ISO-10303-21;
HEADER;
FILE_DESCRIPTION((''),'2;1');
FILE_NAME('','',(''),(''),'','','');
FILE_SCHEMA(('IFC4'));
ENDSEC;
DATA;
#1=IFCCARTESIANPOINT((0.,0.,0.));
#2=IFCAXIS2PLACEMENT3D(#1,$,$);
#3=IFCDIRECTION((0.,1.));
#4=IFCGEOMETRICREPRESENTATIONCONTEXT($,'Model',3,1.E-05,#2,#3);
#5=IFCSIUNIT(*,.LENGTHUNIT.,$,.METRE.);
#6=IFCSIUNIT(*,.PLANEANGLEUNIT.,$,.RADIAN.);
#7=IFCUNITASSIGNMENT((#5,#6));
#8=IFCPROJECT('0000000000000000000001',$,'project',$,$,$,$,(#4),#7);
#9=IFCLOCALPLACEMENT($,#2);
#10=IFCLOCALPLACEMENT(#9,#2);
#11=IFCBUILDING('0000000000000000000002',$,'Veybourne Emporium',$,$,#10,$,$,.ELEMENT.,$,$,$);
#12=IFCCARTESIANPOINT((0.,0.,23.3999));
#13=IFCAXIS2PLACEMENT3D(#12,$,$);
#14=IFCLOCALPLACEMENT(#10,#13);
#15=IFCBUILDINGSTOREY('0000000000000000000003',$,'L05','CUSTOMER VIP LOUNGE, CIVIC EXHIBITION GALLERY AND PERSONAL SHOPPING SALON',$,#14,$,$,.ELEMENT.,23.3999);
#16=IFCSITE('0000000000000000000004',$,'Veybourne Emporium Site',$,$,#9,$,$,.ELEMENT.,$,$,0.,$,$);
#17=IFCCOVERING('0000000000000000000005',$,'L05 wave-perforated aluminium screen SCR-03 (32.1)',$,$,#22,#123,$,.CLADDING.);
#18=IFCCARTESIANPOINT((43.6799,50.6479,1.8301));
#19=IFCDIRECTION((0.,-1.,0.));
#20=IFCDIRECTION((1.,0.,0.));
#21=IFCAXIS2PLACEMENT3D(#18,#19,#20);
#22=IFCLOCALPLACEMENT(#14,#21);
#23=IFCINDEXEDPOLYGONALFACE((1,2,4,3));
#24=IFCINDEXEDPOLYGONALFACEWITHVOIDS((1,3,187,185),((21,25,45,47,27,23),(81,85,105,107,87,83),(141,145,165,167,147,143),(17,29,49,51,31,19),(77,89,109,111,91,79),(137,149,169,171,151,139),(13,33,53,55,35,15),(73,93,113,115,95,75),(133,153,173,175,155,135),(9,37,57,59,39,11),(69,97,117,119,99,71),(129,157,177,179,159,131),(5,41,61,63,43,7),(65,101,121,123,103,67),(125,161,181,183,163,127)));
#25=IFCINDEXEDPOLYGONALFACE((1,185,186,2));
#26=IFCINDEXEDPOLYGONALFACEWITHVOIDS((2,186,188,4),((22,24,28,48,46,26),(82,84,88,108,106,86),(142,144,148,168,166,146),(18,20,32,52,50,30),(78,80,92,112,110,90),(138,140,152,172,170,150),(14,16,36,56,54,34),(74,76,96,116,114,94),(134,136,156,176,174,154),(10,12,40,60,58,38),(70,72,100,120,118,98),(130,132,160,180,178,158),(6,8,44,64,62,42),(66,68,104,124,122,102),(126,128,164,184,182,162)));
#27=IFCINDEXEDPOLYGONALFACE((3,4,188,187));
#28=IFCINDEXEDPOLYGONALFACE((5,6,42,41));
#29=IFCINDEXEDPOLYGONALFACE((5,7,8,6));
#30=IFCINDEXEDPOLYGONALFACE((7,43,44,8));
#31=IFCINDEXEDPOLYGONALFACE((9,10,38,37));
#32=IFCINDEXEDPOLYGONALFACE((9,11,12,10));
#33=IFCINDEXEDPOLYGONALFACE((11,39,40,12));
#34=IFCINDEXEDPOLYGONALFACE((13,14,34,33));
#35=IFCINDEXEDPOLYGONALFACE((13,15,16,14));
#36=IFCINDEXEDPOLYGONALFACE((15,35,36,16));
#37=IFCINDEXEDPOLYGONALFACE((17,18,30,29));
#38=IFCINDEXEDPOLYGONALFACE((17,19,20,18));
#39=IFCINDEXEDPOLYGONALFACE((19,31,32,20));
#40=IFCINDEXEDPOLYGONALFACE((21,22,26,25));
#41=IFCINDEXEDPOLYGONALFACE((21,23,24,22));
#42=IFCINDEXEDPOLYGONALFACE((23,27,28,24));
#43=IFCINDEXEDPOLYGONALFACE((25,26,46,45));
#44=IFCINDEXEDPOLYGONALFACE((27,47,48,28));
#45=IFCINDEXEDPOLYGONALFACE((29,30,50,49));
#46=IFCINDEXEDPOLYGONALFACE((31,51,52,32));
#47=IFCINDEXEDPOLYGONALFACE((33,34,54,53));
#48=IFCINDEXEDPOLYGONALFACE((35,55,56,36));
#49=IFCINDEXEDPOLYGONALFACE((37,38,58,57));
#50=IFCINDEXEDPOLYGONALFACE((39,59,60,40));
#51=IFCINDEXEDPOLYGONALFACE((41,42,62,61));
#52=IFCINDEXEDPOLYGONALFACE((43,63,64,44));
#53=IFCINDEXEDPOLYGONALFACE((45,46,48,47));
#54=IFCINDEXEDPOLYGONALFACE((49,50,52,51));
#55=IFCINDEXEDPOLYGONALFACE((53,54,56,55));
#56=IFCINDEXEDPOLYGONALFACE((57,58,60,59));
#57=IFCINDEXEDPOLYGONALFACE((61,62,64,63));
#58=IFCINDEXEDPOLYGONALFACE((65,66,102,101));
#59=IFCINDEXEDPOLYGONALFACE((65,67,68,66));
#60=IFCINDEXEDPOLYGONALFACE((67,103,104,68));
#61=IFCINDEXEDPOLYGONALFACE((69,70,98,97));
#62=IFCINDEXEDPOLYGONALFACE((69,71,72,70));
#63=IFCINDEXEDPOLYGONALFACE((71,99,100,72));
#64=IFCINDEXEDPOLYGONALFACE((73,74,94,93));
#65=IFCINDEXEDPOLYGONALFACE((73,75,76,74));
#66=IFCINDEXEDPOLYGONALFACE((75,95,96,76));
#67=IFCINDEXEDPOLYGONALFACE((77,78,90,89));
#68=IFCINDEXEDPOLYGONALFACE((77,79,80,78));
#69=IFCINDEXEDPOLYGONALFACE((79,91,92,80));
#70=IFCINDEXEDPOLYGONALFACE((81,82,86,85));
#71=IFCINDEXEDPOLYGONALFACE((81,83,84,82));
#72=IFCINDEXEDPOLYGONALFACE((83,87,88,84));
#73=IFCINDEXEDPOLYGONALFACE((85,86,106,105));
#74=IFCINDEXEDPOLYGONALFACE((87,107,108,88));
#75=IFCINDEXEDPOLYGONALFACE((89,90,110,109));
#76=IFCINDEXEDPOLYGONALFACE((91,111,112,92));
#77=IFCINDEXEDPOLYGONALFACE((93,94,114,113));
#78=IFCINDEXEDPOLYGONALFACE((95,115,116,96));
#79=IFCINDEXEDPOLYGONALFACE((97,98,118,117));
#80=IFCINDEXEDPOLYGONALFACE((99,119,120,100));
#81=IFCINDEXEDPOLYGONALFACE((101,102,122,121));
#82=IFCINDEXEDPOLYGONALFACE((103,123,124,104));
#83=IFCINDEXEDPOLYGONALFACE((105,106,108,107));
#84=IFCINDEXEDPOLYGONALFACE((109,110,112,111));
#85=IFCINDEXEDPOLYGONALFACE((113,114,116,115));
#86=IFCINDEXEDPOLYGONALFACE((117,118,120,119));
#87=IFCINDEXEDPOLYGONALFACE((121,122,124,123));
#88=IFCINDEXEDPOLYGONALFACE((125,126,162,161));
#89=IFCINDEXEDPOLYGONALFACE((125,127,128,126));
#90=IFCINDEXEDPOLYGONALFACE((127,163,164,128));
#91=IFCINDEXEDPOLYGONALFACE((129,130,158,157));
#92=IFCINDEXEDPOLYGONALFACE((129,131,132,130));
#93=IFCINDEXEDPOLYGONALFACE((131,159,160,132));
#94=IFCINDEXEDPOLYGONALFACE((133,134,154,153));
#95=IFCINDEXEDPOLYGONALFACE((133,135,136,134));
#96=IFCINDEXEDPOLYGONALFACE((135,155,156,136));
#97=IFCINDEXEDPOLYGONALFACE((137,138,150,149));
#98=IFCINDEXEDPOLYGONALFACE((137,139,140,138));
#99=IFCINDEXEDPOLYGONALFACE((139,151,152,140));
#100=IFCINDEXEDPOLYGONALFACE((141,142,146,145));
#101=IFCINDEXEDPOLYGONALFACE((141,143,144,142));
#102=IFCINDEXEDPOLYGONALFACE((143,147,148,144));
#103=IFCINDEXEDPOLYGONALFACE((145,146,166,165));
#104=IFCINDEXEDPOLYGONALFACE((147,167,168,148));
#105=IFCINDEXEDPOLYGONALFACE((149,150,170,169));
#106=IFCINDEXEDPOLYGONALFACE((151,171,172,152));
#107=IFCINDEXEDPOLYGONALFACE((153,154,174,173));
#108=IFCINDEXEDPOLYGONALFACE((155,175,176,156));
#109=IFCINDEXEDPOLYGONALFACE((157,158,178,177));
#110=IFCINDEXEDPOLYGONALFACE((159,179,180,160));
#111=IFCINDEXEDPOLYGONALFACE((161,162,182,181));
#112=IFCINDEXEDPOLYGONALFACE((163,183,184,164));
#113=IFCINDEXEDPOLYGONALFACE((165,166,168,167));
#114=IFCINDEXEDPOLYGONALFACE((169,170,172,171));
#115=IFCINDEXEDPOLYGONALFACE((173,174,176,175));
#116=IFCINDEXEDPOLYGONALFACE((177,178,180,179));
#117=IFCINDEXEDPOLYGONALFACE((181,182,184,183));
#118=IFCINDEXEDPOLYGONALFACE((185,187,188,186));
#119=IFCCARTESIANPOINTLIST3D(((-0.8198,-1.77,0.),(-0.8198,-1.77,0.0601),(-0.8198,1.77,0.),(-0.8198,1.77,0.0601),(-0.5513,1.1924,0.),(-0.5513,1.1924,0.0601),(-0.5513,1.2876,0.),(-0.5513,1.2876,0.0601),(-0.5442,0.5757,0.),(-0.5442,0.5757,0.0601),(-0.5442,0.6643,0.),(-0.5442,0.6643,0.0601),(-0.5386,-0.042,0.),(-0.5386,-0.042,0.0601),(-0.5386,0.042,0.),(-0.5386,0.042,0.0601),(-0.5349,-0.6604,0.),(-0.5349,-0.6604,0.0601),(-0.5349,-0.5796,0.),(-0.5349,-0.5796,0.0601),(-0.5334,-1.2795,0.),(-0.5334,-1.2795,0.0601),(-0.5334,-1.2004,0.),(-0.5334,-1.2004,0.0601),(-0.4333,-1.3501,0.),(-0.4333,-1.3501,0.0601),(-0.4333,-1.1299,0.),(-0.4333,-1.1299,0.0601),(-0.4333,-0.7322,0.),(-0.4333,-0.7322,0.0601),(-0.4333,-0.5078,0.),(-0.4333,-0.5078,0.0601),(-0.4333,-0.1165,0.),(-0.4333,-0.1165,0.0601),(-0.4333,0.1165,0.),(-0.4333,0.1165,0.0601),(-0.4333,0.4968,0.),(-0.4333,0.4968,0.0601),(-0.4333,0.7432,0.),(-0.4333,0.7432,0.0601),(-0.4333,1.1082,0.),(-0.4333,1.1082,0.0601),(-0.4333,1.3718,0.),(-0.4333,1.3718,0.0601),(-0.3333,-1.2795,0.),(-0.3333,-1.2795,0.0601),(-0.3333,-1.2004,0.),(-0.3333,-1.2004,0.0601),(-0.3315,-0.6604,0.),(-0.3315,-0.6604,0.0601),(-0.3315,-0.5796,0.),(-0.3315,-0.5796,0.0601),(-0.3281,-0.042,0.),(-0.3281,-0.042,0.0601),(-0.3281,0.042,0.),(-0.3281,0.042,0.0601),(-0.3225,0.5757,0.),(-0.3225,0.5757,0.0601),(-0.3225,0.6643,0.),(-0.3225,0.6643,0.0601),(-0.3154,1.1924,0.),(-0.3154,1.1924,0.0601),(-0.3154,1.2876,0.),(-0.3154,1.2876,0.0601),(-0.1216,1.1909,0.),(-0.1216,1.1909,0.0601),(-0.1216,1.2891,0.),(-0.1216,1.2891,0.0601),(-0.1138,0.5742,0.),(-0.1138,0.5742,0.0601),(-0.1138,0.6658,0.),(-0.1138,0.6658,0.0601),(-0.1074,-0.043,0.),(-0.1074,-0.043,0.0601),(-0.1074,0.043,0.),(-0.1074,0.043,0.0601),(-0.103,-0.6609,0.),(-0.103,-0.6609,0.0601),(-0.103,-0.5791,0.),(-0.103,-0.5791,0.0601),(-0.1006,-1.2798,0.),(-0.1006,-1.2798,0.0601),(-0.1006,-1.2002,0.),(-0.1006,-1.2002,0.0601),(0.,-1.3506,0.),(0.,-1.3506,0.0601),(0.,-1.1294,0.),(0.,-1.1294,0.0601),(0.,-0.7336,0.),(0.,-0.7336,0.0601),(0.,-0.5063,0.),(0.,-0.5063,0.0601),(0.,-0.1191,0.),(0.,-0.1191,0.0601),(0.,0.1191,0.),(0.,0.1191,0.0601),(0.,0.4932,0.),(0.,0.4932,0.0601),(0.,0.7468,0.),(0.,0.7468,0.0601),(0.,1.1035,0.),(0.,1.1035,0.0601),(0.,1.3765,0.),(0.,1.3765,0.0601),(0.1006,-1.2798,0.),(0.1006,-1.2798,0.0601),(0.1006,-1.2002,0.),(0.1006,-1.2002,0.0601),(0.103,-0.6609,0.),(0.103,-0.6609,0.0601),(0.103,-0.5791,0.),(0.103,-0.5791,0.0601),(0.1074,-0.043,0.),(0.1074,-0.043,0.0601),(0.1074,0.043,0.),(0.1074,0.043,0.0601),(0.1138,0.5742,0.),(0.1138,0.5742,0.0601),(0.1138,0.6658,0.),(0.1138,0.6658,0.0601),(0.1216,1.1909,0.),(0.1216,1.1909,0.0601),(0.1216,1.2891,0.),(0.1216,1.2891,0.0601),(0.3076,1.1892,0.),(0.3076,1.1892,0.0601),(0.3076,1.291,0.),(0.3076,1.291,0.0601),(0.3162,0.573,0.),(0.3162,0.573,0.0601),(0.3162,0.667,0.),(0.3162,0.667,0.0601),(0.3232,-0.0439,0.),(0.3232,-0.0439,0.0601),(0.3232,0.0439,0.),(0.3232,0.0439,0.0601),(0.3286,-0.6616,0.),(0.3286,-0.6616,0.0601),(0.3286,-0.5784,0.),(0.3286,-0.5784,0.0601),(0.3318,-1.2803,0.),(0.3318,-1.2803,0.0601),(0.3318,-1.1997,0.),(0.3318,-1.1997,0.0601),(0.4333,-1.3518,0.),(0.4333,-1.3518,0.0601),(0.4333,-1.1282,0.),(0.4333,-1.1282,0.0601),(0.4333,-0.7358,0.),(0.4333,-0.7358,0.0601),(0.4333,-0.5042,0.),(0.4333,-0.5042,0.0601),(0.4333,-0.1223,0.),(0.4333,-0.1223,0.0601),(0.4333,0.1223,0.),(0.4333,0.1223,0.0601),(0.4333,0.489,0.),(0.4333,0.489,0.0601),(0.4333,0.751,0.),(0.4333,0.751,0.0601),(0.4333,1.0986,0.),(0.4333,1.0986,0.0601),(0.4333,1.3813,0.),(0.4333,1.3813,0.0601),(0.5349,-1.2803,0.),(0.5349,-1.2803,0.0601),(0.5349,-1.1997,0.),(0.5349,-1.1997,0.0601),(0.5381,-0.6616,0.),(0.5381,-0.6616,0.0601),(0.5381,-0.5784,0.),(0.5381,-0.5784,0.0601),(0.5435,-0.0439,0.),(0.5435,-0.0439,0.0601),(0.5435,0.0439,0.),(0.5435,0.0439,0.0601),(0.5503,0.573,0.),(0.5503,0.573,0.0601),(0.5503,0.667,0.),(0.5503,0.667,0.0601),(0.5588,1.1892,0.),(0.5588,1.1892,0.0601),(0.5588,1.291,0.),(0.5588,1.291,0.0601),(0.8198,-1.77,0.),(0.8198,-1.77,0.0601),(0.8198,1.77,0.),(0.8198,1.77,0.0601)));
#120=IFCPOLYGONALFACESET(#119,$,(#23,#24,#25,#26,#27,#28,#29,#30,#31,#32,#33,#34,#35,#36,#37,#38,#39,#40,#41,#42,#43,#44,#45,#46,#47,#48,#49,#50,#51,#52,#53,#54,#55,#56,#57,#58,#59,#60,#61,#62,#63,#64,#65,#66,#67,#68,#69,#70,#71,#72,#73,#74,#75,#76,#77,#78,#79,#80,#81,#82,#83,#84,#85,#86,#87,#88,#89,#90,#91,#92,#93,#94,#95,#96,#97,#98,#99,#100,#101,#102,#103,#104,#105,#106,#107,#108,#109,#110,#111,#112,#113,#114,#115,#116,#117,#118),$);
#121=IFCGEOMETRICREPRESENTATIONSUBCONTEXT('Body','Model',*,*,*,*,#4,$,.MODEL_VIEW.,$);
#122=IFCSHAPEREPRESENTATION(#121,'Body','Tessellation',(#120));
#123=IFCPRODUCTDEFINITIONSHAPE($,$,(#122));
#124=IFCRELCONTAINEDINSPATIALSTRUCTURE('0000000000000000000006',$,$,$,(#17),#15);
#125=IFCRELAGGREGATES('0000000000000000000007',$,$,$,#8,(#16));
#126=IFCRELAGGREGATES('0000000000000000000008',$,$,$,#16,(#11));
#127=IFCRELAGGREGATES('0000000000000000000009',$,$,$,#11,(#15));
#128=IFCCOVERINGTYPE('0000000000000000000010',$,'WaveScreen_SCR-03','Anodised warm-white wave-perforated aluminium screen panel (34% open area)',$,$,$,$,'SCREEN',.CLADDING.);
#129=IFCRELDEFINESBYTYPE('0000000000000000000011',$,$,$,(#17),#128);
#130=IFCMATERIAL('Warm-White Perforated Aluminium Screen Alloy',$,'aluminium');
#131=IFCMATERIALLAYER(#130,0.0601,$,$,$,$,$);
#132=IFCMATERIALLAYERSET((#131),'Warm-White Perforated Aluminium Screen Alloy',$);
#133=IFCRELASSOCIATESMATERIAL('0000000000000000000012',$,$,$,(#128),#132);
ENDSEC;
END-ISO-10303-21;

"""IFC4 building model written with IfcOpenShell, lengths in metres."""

from ifc_helpers import new_model, si_unit, direction, frame, origin, place, context, subcontext, project, spatial, polyline, outline, extrude, material, layer, layer_set, type_object, element, save


model = new_model("IFC4")

# Units and contexts
model_context = context("Model", 3, precision=1e-05, world=origin(), true_north=direction((0.0, 1.0)))
body_context = subcontext(model_context, "Body", "Model", "MODEL_VIEW")
ifc_project = project(units=[si_unit("LENGTHUNIT", "METRE"), si_unit("PLANEANGLEUNIT", "RADIAN")], contexts=[model_context])

# Site, building, storey
site_placement = place(None, origin())
site = spatial("IfcSite", under=ifc_project, at=site_placement, Name="Veybourne Emporium Site", CompositionType="ELEMENT", RefElevation=0.0)
building_placement = place(site_placement, origin())
building = spatial("IfcBuilding", under=site, at=building_placement, Name="Veybourne Emporium", CompositionType="ELEMENT")
storey_placement = place(building_placement, frame((0.0, 0.0, 23.3999)))
storey = spatial("IfcBuildingStorey", under=building, at=storey_placement, Name="L05", Description="CUSTOMER VIP LOUNGE, CIVIC EXHIBITION GALLERY AND PERSONAL SHOPPING SALON", CompositionType="ELEMENT", Elevation=23.3999)

# Covering
ifc_material_1 = material(Name="Warm-White Perforated Aluminium Screen Alloy", Category="aluminium")
ifc_layer_1 = layer(ifc_material_1, 0.0601)
ifc_layer_set_1 = layer_set([ifc_layer_1], Name="Warm-White Perforated Aluminium Screen Alloy")
covering_type_1 = type_object("IfcCoveringType", Name="WaveScreen_SCR-03", Description="Anodised warm-white wave-perforated aluminium screen panel (34% open area)", ElementType="SCREEN", PredefinedType="CLADDING", material=ifc_layer_set_1)
covering_1_placement = place(storey_placement, frame((43.6799, 50.6479, 1.8301), z_axis=(0.0, -1.0, 0.0), x_axis=(1.0, 0.0, 0.0)))
element("IfcCovering", 1, at=covering_1_placement, inside=storey, type_object=covering_type_1, Name="L05 wave-perforated aluminium screen SCR-03 (32.1)", PredefinedType="CLADDING", context=body_context, shape_type="SweptSolid", body=[
    extrude(outline(polyline([(-0.8198, -1.77), (0.8198, -1.77), (0.8198, 1.77), (-0.8198, 1.77), (-0.8198, -1.77)]), holes=[polyline([(-0.4333, -1.1299), (-0.3333, -1.2004), (-0.3333, -1.2795), (-0.4333, -1.3501), (-0.5334, -1.2795), (-0.5334, -1.2004), (-0.4333, -1.1299)]), polyline([(-0.4333, -0.5078), (-0.3315, -0.5796), (-0.3315, -0.6604), (-0.4333, -0.7322), (-0.5349, -0.6604), (-0.5349, -0.5796), (-0.4333, -0.5078)]), polyline([(-0.4333, 0.1165), (-0.3281, 0.042), (-0.3281, -0.042), (-0.4333, -0.1165), (-0.5386, -0.042), (-0.5386, 0.042), (-0.4333, 0.1165)]), polyline([(-0.4333, 0.7432), (-0.3225, 0.6643), (-0.3225, 0.5757), (-0.4333, 0.4968), (-0.5442, 0.5757), (-0.5442, 0.6643), (-0.4333, 0.7432)]), polyline([(-0.4333, 1.3718), (-0.3154, 1.2876), (-0.3154, 1.1924), (-0.4333, 1.1082), (-0.5513, 1.1924), (-0.5513, 1.2876), (-0.4333, 1.3718)]), polyline([(0.0, -1.1294), (0.1006, -1.2002), (0.1006, -1.2798), (0.0, -1.3506), (-0.1006, -1.2798), (-0.1006, -1.2002), (0.0, -1.1294)]), polyline([(0.0, -0.5063), (0.103, -0.5791), (0.103, -0.6609), (0.0, -0.7336), (-0.103, -0.6609), (-0.103, -0.5791), (0.0, -0.5063)]), polyline([(0.0, 0.1191), (0.1074, 0.043), (0.1074, -0.043), (0.0, -0.1191), (-0.1074, -0.043), (-0.1074, 0.043), (0.0, 0.1191)]), polyline([(0.0, 0.7468), (0.1138, 0.6658), (0.1138, 0.5742), (0.0, 0.4932), (-0.1138, 0.5742), (-0.1138, 0.6658), (0.0, 0.7468)]), polyline([(0.0, 1.3765), (0.1216, 1.2891), (0.1216, 1.1909), (0.0, 1.1035), (-0.1216, 1.1909), (-0.1216, 1.2891), (0.0, 1.3765)]), polyline([(0.4333, -1.1282), (0.5349, -1.1997), (0.5349, -1.2803), (0.4333, -1.3518), (0.3318, -1.2803), (0.3318, -1.1997), (0.4333, -1.1282)]), polyline([(0.4333, -0.5042), (0.5381, -0.5784), (0.5381, -0.6616), (0.4333, -0.7358), (0.3286, -0.6616), (0.3286, -0.5784), (0.4333, -0.5042)]), polyline([(0.4333, 0.1223), (0.5435, 0.0439), (0.5435, -0.0439), (0.4333, -0.1223), (0.3232, -0.0439), (0.3232, 0.0439), (0.4333, 0.1223)]), polyline([(0.4333, 0.751), (0.5503, 0.667), (0.5503, 0.573), (0.4333, 0.489), (0.3162, 0.573), (0.3162, 0.667), (0.4333, 0.751)]), polyline([(0.4333, 1.3813), (0.5588, 1.291), (0.5588, 1.1892), (0.4333, 1.0986), (0.3076, 1.1892), (0.3076, 1.291), (0.4333, 1.3813)])]), origin(), (0.0, 0.0, 1.0), 0.0601),
])

save(model, "model.ifc")
